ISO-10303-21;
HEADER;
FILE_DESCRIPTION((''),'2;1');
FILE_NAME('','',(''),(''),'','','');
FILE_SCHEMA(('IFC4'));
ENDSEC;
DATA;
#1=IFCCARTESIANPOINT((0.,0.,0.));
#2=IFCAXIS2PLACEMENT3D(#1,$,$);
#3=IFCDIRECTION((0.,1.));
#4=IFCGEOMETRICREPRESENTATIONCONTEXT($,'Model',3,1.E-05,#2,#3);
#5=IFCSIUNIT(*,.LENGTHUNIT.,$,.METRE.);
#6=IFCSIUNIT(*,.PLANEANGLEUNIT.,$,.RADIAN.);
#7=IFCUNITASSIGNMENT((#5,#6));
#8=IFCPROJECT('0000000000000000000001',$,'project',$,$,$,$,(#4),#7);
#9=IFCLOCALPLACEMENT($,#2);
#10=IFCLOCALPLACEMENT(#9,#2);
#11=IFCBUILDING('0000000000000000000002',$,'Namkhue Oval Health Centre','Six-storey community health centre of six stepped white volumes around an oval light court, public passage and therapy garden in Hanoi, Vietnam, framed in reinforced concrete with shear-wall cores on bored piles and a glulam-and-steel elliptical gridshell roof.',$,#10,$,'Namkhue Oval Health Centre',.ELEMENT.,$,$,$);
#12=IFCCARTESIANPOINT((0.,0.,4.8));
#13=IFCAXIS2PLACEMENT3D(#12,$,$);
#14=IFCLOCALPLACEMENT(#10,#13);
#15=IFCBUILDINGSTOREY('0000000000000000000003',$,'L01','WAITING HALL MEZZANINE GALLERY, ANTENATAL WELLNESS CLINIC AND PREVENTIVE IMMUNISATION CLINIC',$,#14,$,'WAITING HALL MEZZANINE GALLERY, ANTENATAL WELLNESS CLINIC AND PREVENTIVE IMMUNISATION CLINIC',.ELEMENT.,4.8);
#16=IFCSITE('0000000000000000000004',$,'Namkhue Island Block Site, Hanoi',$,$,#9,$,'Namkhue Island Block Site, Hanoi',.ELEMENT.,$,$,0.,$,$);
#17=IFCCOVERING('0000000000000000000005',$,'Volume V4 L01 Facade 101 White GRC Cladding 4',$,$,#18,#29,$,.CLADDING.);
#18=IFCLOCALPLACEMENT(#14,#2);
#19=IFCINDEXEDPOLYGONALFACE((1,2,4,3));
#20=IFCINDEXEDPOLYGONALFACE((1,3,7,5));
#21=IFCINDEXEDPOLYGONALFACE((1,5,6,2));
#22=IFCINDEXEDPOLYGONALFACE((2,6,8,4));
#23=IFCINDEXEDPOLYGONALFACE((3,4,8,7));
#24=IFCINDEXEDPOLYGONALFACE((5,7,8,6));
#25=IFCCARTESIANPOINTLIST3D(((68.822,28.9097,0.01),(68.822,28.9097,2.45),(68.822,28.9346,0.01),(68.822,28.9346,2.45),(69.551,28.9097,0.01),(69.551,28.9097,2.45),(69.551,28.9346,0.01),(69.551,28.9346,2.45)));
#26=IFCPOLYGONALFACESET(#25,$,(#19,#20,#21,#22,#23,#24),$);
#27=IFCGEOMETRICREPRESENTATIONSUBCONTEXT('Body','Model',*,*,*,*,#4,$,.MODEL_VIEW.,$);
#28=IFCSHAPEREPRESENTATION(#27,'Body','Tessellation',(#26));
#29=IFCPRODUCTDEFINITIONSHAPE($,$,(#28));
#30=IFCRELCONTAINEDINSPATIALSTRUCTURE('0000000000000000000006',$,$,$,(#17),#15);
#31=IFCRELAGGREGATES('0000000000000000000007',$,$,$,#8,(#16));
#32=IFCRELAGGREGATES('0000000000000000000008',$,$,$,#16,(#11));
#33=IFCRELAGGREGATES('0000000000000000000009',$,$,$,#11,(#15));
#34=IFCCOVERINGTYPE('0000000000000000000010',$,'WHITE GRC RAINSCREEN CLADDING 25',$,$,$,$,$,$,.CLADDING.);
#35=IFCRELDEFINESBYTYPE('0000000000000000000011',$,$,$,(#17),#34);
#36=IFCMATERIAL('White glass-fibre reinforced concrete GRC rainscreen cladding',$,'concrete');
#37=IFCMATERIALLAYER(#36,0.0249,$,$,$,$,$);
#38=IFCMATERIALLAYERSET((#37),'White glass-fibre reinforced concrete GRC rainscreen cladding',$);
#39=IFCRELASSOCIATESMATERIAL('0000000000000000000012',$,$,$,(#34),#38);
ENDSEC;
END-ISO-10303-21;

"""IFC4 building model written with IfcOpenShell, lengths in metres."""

from ifc_helpers import new_model, si_unit, direction, frame, origin, origin_2d, place, context, subcontext, project, spatial, rectangle, extrude, material, layer, layer_set, type_object, element, save


model = new_model("IFC4")

# Units and contexts
model_context = context("Model", 3, precision=1e-05, world=origin(), true_north=direction((0.0, 1.0)))
body_context = subcontext(model_context, "Body", "Model", "MODEL_VIEW")
ifc_project = project(units=[si_unit("LENGTHUNIT", "METRE"), si_unit("PLANEANGLEUNIT", "RADIAN")], contexts=[model_context])

# Site, building, storey
site_placement = place(None, origin())
site = spatial("IfcSite", under=ifc_project, at=site_placement, Name="Namkhue Island Block Site, Hanoi", LongName="Namkhue Island Block Site, Hanoi", CompositionType="ELEMENT", RefElevation=0.0)
building_placement = place(site_placement, origin())
building = spatial("IfcBuilding", under=site, at=building_placement, Name="Namkhue Oval Health Centre", Description="Six-storey community health centre of six stepped white volumes around an oval light court, public passage and therapy garden in Hanoi, Vietnam, framed in reinforced concrete with shear-wall cores on bored piles and a glulam-and-steel elliptical gridshell roof.", LongName="Namkhue Oval Health Centre", CompositionType="ELEMENT")
storey_placement = place(building_placement, frame((0.0, 0.0, 4.8)))
storey = spatial("IfcBuildingStorey", under=building, at=storey_placement, Name="L01", Description="WAITING HALL MEZZANINE GALLERY, ANTENATAL WELLNESS CLINIC AND PREVENTIVE IMMUNISATION CLINIC", LongName="WAITING HALL MEZZANINE GALLERY, ANTENATAL WELLNESS CLINIC AND PREVENTIVE IMMUNISATION CLINIC", CompositionType="ELEMENT", Elevation=4.8)

# Covering
ifc_material_1 = material(Name="White glass-fibre reinforced concrete GRC rainscreen cladding", Category="concrete")
ifc_layer_1 = layer(ifc_material_1, 0.0249)
ifc_layer_set_1 = layer_set([ifc_layer_1], Name="White glass-fibre reinforced concrete GRC rainscreen cladding")
covering_type = type_object("IfcCoveringType", Name="WHITE GRC RAINSCREEN CLADDING 25", PredefinedType="CLADDING", material=ifc_layer_set_1)
covering_1_placement = place(storey_placement, frame((69.1865, 28.9221, 0.01), z_axis=(0.0, 0.0, 1.0), x_axis=(-1.0, 0.0, 0.0)))
element("IfcCovering", 1, at=covering_1_placement, inside=storey, type_object=covering_type, Name="Volume V4 L01 Facade 101 White GRC Cladding 4", PredefinedType="CLADDING", context=body_context, shape_type="SweptSolid", body=[
    extrude(rectangle(XDim=0.729, YDim=0.0249, at=origin_2d()), origin(), (0.0, 0.0, 1.0), 2.4399),
])

save(model, "model.ifc")
